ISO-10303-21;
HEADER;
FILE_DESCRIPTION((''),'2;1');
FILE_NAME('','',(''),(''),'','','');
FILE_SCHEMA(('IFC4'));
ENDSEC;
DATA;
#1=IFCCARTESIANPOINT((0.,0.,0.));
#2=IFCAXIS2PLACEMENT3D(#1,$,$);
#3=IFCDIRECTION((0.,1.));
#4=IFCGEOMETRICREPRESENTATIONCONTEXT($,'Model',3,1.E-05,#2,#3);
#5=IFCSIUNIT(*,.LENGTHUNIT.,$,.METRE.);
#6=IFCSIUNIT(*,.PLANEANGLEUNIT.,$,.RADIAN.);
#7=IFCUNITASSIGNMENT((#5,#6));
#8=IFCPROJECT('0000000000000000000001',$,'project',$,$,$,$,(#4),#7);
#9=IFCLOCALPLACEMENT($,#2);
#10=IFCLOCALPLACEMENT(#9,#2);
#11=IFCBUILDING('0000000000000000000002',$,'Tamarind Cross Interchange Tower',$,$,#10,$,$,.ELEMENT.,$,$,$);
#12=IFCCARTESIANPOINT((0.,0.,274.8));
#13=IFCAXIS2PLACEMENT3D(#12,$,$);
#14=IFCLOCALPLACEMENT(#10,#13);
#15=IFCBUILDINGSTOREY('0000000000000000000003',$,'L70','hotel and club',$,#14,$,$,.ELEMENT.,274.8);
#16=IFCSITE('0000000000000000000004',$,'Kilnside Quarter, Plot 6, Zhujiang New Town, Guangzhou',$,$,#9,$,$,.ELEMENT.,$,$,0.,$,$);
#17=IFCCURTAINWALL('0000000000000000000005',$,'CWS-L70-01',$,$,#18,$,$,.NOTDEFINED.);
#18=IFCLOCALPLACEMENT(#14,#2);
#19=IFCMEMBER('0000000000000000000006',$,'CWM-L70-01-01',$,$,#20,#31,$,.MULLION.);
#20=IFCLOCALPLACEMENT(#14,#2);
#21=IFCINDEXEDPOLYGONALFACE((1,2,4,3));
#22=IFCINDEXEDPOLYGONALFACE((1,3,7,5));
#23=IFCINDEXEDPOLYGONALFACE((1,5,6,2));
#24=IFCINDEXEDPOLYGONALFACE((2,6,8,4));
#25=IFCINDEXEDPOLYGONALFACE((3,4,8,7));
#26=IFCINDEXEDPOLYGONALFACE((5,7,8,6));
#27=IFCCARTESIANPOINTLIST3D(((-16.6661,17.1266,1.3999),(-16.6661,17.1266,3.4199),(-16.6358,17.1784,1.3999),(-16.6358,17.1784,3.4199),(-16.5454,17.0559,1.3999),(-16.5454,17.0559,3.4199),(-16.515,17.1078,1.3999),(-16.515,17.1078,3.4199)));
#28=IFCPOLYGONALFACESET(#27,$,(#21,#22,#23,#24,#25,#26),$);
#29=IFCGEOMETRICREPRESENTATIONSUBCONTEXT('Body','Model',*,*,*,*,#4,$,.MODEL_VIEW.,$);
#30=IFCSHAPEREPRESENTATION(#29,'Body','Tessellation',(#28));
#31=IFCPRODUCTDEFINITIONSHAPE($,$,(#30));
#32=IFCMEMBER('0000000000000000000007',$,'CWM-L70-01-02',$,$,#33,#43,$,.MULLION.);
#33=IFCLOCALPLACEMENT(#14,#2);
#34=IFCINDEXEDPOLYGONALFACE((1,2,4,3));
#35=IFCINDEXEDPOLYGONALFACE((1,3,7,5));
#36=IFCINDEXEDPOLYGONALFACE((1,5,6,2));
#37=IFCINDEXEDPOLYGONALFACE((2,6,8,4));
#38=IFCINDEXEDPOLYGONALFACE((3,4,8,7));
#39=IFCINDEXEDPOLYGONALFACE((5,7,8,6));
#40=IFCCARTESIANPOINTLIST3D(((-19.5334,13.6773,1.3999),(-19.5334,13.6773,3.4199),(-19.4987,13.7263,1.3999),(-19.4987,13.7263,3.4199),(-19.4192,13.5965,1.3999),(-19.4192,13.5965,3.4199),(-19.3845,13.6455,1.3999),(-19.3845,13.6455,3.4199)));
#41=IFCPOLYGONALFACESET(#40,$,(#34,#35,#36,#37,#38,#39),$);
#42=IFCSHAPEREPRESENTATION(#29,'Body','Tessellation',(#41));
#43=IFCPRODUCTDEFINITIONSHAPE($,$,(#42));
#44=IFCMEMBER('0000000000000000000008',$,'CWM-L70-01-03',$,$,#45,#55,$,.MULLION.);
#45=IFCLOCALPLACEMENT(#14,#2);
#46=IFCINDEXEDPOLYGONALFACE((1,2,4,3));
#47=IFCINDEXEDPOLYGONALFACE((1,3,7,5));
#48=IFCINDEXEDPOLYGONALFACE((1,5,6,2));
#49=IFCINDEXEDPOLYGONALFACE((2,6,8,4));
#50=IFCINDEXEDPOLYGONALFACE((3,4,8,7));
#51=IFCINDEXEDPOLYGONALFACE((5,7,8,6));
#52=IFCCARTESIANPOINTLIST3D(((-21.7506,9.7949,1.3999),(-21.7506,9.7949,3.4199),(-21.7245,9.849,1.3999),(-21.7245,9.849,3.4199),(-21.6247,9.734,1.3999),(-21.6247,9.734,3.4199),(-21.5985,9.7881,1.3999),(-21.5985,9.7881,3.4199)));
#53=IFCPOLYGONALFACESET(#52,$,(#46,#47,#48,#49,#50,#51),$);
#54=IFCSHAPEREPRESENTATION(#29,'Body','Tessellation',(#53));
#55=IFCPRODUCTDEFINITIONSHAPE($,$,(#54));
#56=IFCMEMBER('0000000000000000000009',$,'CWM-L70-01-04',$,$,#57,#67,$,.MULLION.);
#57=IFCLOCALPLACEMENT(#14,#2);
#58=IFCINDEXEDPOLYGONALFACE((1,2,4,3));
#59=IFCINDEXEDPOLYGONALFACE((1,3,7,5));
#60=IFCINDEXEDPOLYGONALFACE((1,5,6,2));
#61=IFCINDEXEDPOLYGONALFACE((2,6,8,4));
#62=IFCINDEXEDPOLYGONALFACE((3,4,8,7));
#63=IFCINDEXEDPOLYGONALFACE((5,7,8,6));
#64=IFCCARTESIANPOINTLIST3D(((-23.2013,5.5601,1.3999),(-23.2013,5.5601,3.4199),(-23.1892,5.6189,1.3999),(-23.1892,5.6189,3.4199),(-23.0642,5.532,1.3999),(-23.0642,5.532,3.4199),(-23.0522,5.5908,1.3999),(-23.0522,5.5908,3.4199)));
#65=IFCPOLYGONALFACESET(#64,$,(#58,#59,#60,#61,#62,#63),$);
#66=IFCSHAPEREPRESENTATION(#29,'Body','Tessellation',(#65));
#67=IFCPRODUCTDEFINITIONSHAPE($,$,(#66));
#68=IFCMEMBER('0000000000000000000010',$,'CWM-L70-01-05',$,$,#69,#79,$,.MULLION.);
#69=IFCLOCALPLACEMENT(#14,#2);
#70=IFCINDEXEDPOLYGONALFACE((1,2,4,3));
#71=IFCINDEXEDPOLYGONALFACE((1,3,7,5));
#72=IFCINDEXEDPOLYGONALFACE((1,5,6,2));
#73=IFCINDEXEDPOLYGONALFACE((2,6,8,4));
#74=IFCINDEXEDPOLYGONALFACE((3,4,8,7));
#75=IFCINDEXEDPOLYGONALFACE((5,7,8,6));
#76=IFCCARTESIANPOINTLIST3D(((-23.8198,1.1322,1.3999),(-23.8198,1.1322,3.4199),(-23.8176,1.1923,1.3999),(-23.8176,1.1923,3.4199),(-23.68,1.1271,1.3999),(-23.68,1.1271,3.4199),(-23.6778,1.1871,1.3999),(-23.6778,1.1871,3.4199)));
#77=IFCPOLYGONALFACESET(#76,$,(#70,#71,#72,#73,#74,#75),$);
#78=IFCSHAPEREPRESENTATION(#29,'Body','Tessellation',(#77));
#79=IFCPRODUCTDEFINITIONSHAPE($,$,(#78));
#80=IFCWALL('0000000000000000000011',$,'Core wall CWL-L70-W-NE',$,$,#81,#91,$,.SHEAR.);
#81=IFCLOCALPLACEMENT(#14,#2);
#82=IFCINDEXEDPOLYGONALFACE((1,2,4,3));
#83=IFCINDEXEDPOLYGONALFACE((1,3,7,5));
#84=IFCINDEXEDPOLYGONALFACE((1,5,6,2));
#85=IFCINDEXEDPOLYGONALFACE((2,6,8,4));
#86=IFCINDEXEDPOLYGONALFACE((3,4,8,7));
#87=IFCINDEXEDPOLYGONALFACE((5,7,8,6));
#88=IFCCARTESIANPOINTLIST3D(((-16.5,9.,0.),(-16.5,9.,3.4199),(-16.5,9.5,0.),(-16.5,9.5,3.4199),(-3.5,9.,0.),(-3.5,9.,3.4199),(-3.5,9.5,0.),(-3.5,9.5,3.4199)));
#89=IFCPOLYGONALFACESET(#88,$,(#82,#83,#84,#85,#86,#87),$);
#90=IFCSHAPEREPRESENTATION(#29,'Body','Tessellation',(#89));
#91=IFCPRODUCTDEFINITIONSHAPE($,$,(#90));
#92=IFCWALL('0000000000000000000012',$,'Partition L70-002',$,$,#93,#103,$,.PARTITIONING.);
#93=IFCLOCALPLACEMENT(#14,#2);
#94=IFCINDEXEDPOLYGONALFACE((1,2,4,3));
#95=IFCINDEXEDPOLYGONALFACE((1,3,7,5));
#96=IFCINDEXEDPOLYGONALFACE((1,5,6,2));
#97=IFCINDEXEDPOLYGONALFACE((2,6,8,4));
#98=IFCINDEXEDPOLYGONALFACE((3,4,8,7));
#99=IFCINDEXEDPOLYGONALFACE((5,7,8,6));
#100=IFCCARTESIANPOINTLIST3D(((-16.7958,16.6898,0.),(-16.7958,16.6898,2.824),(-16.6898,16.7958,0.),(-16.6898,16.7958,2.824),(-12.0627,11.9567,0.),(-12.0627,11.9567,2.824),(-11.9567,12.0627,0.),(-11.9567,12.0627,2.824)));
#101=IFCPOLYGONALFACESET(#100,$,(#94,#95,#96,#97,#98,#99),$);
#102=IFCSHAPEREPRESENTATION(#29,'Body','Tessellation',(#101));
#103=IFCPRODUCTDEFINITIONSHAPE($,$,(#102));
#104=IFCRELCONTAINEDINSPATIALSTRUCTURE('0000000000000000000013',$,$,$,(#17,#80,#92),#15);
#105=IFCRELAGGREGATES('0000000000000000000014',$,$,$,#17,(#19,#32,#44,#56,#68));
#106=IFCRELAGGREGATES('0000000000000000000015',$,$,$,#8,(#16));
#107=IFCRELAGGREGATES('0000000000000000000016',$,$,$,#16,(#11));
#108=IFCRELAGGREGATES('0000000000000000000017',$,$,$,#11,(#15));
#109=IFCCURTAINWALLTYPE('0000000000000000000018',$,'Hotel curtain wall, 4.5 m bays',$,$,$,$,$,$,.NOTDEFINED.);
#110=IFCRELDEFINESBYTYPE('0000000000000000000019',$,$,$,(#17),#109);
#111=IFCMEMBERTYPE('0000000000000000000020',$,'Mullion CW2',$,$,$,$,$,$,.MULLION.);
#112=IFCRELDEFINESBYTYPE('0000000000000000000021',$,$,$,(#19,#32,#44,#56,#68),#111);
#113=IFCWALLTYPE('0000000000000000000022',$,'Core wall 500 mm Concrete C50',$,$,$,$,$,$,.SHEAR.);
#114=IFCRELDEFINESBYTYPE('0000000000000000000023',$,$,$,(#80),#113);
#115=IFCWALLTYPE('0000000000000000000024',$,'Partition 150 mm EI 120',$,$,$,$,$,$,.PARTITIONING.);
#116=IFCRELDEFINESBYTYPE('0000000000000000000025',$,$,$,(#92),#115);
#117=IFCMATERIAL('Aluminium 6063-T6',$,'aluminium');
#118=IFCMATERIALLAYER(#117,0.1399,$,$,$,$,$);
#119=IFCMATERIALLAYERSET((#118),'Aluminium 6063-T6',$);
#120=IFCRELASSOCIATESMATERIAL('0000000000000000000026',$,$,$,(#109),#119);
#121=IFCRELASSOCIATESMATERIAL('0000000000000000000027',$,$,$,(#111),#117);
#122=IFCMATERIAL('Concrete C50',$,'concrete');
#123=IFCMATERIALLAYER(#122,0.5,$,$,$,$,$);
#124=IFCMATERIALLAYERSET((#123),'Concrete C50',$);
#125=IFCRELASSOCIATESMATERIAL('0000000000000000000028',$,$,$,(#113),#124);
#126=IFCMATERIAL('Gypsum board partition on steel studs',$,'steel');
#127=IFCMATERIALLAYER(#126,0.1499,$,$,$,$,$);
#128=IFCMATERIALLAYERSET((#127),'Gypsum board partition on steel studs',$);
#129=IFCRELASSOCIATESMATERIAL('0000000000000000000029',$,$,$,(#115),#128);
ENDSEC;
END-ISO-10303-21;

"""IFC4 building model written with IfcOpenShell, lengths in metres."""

from ifc_helpers import new_model, si_unit, direction, frame, frame_2d, origin, origin_2d, place, context, subcontext, project, spatial, rectangle, extrude, material, layer, layer_set, material_profile, profile_set, type_object, element, aggregate, save


model = new_model("IFC4")

# Units and contexts
model_context = context("Model", 3, precision=1e-05, world=origin(), true_north=direction((0.0, 1.0)))
body_context = subcontext(model_context, "Body", "Model", "MODEL_VIEW")
ifc_project = project(units=[si_unit("LENGTHUNIT", "METRE"), si_unit("PLANEANGLEUNIT", "RADIAN")], contexts=[model_context])

# Site, building, storey
site_placement = place(None, origin())
site = spatial("IfcSite", under=ifc_project, at=site_placement, Name="Kilnside Quarter, Plot 6, Zhujiang New Town, Guangzhou", CompositionType="ELEMENT", RefElevation=0.0)
building_placement = place(site_placement, origin())
building = spatial("IfcBuilding", under=site, at=building_placement, Name="Tamarind Cross Interchange Tower", CompositionType="ELEMENT")
storey_placement = place(building_placement, frame((0.0, 0.0, 274.8)))
storey = spatial("IfcBuildingStorey", under=building, at=storey_placement, Name="L70", Description="hotel and club", CompositionType="ELEMENT", Elevation=274.8)

# Curtain wall, members
ifc_material_1 = material(Name="Aluminium 6063-T6", Category="aluminium")
ifc_layer_1 = layer(ifc_material_1, 0.1399)
ifc_layer_set_1 = layer_set([ifc_layer_1], Name="Aluminium 6063-T6")
curtain_wall_type = type_object("IfcCurtainWallType", Name="Hotel curtain wall, 4.5 m bays", PredefinedType="NOTDEFINED", material=ifc_layer_set_1)
curtain_wall_placement = place(storey_placement, origin())
curtain_wall = element("IfcCurtainWall", 1, at=curtain_wall_placement, inside=storey, type_object=curtain_wall_type, Name="CWS-L70-01", PredefinedType="NOTDEFINED")
ifc_material_profile_1 = material_profile(ifc_material_1, rectangle(XDim=0.0601, YDim=0.1399, at=origin_2d()), Name="Mullion CW2")
ifc_profile_set_1 = profile_set([ifc_material_profile_1], Name="Aluminium 6063-T6")
member_type = type_object("IfcMemberType", Name="Mullion CW2", PredefinedType="MULLION", material=ifc_profile_set_1)
member_1_placement = place(storey_placement, frame((-16.5906, 17.1172, 1.3999), z_axis=(0.0, 0.0, 1.0), x_axis=(-0.50504, -0.863096, 0.0)))
member_1 = element("IfcMember", 2, at=member_1_placement, type_object=member_type, Name="CWM-L70-01-01", PredefinedType="MULLION", context=body_context, shape_type="SweptSolid", body=[
    extrude(rectangle(XDim=0.0601, YDim=0.1399, at=origin_2d()), origin(), (0.0, 0.0, 1.0), 2.02),
])
member_2_placement = place(storey_placement, frame((-19.459, 13.6614, 1.3999), z_axis=(0.0, 0.0, 1.0), x_axis=(-0.577569, -0.816342, 0.0)))
member_2 = element("IfcMember", 3, at=member_2_placement, type_object=member_type, Name="CWM-L70-01-02", PredefinedType="MULLION", context=body_context, shape_type="SweptSolid", body=[
    extrude(rectangle(XDim=0.0601, YDim=0.1399, at=origin_2d()), origin(), (0.0, 0.0, 1.0), 2.02),
])
member_3_placement = place(storey_placement, frame((-21.6746, 9.7915, 1.3999), z_axis=(0.0, 0.0, 1.0), x_axis=(-0.435326, -0.900273, 0.0)))
member_3 = element("IfcMember", 4, at=member_3_placement, type_object=member_type, Name="CWM-L70-01-03", PredefinedType="MULLION", context=body_context, shape_type="SweptSolid", body=[
    extrude(rectangle(XDim=0.0601, YDim=0.1399, at=origin_2d()), origin(), (0.0, 0.0, 1.0), 2.02),
])
member_4_placement = place(storey_placement, frame((-23.1267, 5.5754, 1.3999), z_axis=(0.0, 0.0, 1.0), x_axis=(-0.201001, -0.979591, 0.0)))
member_4 = element("IfcMember", 5, at=member_4_placement, type_object=member_type, Name="CWM-L70-01-04", PredefinedType="MULLION", context=body_context, shape_type="SweptSolid", body=[
    extrude(rectangle(XDim=0.0601, YDim=0.1399, at=origin_2d()), origin(), (0.0, 0.0, 1.0), 2.02),
])
member_5_placement = place(storey_placement, frame((-23.7488, 1.1597, 1.3999), z_axis=(0.0, 0.0, 1.0), x_axis=(-0.037025, -0.999314, 0.0)))
member_5 = element("IfcMember", 6, at=member_5_placement, type_object=member_type, Name="CWM-L70-01-05", PredefinedType="MULLION", context=body_context, shape_type="SweptSolid", body=[
    extrude(rectangle(XDim=0.0601, YDim=0.1399, at=origin_2d()), origin(), (0.0, 0.0, 1.0), 2.02),
])
aggregate(curtain_wall, [member_1, member_2, member_3, member_4, member_5])

# Walls
ifc_material_2 = material(Name="Concrete C50", Category="concrete")
ifc_layer_2 = layer(ifc_material_2, 0.5)
ifc_layer_set_2 = layer_set([ifc_layer_2], Name="Concrete C50")
wall_type_1 = type_object("IfcWallType", Name="Core wall 500 mm Concrete C50", PredefinedType="SHEAR", material=ifc_layer_set_2)
wall_1_placement = place(storey_placement, frame((-16.5, 9.25, 0.0), z_axis=(0.0, 0.0, 1.0), x_axis=(1.0, 0.0, 0.0)))
element("IfcWall", 7, at=wall_1_placement, inside=storey, type_object=wall_type_1, Name="Core wall CWL-L70-W-NE", PredefinedType="SHEAR", context=body_context, shape_type="SweptSolid", body=[
    extrude(rectangle(XDim=13.0, YDim=0.5, at=frame_2d((6.5, 0.0))), origin(), (0.0, 0.0, 1.0), 3.4199),
])
ifc_material_3 = material(Name="Gypsum board partition on steel studs", Category="steel")
ifc_layer_3 = layer(ifc_material_3, 0.1499)
ifc_layer_set_3 = layer_set([ifc_layer_3], Name="Gypsum board partition on steel studs")
wall_type_2 = type_object("IfcWallType", Name="Partition 150 mm EI 120", PredefinedType="PARTITIONING", material=ifc_layer_set_3)
wall_2_placement = place(storey_placement, frame((-16.7427, 16.7427, 0.0), z_axis=(0.0, 0.0, 1.0), x_axis=(0.707107, -0.707107, 0.0)))
element("IfcWall", 8, at=wall_2_placement, inside=storey, type_object=wall_type_2, Name="Partition L70-002", PredefinedType="PARTITIONING", context=body_context, shape_type="SweptSolid", body=[
    extrude(rectangle(XDim=6.6936, YDim=0.1499, at=frame_2d((3.3467, 0.0))), origin(), (0.0, 0.0, 1.0), 2.824),
])

save(model, "model.ifc")
